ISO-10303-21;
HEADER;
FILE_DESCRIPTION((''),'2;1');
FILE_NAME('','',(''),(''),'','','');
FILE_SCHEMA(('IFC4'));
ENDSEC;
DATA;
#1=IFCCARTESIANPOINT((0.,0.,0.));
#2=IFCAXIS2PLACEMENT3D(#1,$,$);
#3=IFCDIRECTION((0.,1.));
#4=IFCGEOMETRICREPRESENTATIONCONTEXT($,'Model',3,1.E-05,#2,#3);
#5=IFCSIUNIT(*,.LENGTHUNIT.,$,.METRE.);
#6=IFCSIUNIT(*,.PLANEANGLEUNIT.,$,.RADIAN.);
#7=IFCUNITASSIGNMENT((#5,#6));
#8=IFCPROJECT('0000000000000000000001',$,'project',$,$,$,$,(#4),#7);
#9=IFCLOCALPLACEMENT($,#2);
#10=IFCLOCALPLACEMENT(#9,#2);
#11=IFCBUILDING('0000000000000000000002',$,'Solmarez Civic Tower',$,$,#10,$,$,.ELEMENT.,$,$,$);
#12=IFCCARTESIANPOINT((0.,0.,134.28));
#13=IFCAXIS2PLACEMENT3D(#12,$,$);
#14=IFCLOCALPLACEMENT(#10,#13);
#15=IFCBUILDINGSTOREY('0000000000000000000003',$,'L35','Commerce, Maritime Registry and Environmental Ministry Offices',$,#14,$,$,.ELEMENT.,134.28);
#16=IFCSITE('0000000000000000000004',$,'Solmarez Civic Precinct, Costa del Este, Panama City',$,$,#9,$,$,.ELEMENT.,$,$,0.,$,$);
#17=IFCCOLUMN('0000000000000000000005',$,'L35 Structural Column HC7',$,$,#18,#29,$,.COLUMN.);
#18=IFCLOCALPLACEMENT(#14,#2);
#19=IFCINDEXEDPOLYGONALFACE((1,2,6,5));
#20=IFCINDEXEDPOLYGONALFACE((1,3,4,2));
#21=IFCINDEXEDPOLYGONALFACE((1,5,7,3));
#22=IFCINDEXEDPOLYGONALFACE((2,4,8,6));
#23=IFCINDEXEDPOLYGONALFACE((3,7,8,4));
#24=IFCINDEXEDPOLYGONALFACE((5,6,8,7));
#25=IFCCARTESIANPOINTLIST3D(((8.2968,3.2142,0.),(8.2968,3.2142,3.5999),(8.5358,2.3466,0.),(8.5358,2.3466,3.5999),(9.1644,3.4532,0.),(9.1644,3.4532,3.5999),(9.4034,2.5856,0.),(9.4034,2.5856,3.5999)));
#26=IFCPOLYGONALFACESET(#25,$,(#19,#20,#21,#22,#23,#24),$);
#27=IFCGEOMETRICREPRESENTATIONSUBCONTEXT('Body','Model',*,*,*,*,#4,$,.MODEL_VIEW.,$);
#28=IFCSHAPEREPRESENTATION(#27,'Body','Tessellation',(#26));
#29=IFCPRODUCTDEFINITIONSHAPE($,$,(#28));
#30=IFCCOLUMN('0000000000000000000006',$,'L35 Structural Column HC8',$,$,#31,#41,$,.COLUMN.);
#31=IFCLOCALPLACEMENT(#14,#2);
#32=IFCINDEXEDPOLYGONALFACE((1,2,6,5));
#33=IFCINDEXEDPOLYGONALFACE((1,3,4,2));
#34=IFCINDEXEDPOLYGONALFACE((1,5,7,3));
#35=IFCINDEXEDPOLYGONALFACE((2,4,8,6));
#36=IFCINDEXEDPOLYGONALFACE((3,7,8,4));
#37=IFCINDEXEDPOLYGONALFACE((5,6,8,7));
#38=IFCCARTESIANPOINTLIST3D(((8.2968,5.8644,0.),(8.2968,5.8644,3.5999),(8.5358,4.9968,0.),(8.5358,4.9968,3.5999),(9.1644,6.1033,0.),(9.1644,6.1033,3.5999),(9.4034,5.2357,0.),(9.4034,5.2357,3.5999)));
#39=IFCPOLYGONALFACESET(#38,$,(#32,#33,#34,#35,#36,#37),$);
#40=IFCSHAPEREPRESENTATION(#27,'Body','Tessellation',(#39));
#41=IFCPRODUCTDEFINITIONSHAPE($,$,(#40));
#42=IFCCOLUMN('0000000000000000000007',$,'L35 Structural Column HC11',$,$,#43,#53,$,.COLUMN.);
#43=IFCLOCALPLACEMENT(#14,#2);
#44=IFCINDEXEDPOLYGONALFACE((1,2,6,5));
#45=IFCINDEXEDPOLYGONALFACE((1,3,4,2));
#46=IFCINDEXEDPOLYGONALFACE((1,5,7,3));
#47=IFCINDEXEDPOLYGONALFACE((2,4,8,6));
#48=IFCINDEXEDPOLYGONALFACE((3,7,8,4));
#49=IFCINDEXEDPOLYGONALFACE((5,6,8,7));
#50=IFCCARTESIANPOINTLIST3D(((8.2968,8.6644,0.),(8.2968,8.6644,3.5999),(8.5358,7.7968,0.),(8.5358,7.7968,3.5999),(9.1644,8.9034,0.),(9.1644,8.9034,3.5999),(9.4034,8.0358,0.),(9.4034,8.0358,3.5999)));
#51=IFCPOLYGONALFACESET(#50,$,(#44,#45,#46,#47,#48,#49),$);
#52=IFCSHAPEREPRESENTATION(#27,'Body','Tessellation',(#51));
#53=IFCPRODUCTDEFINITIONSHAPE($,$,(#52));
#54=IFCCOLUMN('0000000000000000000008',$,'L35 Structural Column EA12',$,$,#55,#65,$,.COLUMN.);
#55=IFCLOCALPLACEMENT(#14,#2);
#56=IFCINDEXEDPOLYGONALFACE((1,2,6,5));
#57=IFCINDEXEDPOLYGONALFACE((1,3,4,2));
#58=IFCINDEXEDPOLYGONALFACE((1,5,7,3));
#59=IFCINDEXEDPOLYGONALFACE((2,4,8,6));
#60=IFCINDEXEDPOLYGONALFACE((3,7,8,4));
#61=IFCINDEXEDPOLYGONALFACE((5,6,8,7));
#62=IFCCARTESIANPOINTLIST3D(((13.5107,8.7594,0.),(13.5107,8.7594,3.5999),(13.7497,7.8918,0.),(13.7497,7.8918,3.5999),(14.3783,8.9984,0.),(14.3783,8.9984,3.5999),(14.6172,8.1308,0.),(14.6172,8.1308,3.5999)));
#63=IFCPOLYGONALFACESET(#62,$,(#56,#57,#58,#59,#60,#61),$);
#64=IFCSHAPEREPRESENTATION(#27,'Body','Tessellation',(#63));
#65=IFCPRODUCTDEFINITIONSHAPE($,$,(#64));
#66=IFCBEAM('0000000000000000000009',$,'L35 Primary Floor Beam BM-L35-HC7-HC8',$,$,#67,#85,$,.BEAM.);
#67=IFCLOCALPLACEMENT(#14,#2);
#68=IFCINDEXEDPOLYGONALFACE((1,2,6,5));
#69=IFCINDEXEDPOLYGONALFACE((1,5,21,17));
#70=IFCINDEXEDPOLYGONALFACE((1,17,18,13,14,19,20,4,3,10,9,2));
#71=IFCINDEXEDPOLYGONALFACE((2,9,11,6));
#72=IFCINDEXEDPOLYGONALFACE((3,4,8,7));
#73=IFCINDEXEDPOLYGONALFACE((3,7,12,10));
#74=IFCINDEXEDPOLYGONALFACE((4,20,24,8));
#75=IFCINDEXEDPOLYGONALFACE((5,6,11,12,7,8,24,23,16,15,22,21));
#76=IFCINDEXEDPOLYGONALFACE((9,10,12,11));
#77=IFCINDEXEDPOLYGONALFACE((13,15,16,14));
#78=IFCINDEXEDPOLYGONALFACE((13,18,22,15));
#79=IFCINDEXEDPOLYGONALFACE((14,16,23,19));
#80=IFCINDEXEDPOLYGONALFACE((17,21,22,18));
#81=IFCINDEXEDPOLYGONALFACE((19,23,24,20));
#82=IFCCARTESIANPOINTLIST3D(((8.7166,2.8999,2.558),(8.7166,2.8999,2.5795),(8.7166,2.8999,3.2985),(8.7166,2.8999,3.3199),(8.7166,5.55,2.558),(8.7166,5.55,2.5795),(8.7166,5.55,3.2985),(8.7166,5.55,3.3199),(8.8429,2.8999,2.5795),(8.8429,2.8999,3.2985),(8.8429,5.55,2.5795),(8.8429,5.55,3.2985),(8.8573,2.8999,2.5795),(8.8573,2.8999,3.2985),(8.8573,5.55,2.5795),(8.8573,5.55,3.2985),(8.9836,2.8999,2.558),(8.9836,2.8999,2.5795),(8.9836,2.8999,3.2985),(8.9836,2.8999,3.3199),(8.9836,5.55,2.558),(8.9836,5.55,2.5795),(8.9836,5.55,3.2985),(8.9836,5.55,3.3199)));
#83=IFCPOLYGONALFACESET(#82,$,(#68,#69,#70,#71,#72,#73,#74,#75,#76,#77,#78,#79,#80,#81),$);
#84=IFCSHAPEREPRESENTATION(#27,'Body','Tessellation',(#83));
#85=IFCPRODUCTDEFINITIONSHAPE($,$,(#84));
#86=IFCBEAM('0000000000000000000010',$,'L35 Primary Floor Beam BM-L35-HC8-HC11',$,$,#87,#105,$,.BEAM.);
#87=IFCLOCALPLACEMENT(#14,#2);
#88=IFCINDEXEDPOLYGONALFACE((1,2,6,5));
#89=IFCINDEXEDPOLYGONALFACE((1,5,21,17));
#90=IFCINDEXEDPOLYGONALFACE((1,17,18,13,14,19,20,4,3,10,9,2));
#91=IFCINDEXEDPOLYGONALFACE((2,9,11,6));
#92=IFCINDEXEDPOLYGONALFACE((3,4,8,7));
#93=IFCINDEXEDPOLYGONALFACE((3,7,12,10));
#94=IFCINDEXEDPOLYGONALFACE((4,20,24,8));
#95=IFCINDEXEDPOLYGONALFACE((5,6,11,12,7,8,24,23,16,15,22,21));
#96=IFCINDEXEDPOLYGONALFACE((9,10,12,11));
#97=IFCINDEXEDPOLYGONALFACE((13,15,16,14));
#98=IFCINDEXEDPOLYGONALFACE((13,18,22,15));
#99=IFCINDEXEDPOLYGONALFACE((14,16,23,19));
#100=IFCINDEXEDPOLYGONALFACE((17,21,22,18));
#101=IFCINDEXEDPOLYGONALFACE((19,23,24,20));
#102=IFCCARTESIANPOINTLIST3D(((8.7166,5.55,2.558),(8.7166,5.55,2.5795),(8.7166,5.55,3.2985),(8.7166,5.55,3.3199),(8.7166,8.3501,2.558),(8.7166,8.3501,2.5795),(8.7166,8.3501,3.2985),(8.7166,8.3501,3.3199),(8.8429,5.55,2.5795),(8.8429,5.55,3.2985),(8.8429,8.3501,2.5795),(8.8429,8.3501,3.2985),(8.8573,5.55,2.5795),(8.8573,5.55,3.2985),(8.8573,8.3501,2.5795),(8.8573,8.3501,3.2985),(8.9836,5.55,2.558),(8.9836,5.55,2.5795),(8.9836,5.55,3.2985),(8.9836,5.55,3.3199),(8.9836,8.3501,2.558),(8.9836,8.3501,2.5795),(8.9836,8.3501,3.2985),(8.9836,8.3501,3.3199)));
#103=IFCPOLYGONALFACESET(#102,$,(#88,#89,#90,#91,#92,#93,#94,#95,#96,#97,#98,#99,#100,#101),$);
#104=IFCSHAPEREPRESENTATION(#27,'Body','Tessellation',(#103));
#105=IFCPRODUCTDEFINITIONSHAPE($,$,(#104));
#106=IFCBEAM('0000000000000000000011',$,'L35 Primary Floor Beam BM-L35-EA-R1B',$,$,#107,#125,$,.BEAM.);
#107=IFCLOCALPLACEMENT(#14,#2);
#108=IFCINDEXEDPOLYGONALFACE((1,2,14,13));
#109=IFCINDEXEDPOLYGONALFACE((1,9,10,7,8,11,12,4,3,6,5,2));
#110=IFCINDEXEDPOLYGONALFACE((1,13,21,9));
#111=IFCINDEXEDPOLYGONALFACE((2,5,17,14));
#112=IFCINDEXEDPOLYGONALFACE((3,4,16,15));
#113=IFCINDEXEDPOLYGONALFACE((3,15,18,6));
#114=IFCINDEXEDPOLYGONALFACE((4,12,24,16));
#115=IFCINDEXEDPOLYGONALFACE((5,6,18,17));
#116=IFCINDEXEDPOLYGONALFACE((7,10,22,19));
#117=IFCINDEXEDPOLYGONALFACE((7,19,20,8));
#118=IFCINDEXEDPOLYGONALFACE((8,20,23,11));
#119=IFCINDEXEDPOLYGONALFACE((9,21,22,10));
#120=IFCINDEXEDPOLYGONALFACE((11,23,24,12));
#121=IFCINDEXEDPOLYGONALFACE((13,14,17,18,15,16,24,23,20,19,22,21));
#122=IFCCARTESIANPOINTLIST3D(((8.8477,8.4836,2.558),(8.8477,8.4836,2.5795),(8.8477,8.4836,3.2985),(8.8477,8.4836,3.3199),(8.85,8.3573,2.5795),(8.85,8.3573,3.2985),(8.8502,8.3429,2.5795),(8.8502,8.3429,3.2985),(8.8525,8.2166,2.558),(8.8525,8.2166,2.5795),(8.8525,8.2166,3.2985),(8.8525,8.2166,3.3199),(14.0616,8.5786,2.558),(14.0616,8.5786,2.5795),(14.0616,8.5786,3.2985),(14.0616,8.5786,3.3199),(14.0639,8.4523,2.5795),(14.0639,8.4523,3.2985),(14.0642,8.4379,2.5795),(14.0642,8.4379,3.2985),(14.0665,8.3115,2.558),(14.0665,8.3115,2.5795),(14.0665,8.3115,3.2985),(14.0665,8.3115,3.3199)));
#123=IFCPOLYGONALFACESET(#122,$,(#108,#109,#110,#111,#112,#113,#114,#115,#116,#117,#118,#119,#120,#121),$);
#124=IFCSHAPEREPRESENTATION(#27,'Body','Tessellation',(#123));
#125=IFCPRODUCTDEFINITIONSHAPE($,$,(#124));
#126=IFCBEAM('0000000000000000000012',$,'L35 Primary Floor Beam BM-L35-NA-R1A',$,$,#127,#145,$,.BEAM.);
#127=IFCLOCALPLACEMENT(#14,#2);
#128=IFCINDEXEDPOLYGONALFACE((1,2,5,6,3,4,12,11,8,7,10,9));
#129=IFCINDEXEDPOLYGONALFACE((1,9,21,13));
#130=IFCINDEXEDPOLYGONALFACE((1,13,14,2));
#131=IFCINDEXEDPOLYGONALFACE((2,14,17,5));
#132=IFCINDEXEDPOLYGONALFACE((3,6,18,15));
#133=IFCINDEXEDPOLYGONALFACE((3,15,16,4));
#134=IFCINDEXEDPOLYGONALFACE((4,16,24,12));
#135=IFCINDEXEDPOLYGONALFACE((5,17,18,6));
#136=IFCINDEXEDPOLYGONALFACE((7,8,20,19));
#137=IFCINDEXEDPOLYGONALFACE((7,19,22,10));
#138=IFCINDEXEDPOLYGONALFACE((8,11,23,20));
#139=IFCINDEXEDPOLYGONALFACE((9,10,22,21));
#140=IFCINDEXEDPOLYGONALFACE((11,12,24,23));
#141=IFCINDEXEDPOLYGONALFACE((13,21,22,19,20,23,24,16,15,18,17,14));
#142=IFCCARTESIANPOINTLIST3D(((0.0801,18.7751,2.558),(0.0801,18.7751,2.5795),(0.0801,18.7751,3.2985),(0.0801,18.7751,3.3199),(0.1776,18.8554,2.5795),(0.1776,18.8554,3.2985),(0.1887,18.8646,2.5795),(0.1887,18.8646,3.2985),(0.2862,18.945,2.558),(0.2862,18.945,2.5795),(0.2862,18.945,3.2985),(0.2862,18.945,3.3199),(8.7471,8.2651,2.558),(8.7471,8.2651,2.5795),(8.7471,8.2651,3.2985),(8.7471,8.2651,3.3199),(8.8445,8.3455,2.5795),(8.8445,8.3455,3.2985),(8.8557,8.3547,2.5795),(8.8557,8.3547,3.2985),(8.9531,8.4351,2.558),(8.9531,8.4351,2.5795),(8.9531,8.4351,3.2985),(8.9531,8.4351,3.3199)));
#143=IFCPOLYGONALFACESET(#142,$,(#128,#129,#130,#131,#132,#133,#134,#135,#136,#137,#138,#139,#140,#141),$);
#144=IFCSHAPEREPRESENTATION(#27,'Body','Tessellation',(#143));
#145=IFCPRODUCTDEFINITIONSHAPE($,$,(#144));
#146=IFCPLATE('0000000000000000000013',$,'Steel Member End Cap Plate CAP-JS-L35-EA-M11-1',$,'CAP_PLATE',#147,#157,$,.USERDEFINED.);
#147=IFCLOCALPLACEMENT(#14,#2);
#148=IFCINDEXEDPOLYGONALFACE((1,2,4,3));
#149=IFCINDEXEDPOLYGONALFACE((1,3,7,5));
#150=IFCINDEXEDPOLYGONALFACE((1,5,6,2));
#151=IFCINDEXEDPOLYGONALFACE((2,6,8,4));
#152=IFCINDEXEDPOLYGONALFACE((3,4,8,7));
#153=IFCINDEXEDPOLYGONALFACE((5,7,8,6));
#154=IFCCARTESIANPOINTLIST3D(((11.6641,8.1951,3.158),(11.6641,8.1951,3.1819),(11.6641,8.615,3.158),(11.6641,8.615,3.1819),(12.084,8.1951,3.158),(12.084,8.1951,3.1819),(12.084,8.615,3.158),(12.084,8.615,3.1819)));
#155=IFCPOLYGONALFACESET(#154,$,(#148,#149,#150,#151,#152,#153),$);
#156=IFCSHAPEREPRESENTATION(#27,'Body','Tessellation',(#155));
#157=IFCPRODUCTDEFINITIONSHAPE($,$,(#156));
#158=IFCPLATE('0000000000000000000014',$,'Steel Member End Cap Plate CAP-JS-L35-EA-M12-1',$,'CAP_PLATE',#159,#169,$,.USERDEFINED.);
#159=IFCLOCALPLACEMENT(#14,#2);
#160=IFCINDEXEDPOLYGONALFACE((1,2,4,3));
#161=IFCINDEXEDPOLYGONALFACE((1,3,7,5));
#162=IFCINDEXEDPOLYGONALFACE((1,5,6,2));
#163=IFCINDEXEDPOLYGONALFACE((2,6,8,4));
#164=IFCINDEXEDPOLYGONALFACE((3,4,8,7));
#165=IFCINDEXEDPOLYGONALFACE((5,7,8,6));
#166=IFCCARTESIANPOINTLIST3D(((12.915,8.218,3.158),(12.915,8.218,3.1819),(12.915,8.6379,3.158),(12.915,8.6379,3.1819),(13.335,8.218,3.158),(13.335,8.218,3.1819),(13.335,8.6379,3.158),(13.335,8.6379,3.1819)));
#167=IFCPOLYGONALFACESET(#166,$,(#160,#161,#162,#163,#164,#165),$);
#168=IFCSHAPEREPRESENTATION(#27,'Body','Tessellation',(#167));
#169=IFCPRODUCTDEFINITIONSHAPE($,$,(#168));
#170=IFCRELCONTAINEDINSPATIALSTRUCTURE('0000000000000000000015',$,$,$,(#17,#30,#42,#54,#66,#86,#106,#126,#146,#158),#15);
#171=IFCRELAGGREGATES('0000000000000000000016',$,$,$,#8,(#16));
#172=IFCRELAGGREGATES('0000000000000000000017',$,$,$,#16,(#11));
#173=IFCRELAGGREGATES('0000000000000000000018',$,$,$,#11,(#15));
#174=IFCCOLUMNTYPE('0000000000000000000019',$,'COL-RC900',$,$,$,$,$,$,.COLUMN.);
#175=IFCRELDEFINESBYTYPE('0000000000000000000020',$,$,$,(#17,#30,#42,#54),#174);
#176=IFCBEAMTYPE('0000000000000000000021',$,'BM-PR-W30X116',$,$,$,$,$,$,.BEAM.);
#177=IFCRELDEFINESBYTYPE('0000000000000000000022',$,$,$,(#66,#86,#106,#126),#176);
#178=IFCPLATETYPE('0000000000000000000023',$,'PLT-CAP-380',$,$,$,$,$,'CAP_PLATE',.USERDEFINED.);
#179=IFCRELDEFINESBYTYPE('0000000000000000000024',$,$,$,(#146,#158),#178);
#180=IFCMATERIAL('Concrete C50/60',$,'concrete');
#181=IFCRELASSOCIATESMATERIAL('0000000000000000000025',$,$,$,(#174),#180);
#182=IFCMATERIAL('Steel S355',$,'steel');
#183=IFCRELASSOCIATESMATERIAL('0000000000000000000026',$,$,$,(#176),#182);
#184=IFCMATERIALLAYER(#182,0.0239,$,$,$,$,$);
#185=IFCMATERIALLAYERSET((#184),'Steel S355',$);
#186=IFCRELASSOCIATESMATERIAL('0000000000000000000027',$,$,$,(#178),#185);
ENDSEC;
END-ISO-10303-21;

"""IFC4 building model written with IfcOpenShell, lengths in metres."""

from ifc_helpers import new_model, si_unit, direction, frame, origin, origin_2d, place, context, subcontext, project, spatial, rectangle, i_section, extrude, material, layer, layer_set, material_profile, profile_set, type_object, element, save


model = new_model("IFC4")

# Units and contexts
model_context = context("Model", 3, precision=1e-05, world=origin(), true_north=direction((0.0, 1.0)))
body_context = subcontext(model_context, "Body", "Model", "MODEL_VIEW")
ifc_project = project(units=[si_unit("LENGTHUNIT", "METRE"), si_unit("PLANEANGLEUNIT", "RADIAN")], contexts=[model_context])

# Site, building, storey
site_placement = place(None, origin())
site = spatial("IfcSite", under=ifc_project, at=site_placement, Name="Solmarez Civic Precinct, Costa del Este, Panama City", CompositionType="ELEMENT", RefElevation=0.0)
building_placement = place(site_placement, origin())
building = spatial("IfcBuilding", under=site, at=building_placement, Name="Solmarez Civic Tower", CompositionType="ELEMENT")
storey_placement = place(building_placement, frame((0.0, 0.0, 134.28)))
storey = spatial("IfcBuildingStorey", under=building, at=storey_placement, Name="L35", Description="Commerce, Maritime Registry and Environmental Ministry Offices", CompositionType="ELEMENT", Elevation=134.28)

# Columns
ifc_material_1 = material(Name="Concrete C50/60", Category="concrete")
ifc_material_profile_1 = material_profile(ifc_material_1, rectangle(XDim=0.8999, YDim=0.8999, at=origin_2d()), Name="RC900X900")
ifc_profile_set_1 = profile_set([ifc_material_profile_1], Name="Concrete C50/60")
column_type = type_object("IfcColumnType", Name="COL-RC900", PredefinedType="COLUMN", material=ifc_profile_set_1)
for number, where, z_axis, x_axis, name in (
    (1, (8.8501, 2.8999, 0.0), (0.0, 0.0, 1.0), (0.964095, 0.265556, 0.0), "L35 Structural Column HC7"),
    (2, (8.8501, 5.55, 0.0), (0.0, 0.0, 1.0), (0.964095, 0.265556, 0.0), "L35 Structural Column HC8"),
    (3, (8.8501, 8.3501, 0.0), (0.0, 0.0, 1.0), (0.964095, 0.265556, 0.0), "L35 Structural Column HC11"),
    (4, (14.064, 8.4451, 0.0), (0.0, 0.0, 1.0), (0.964095, 0.265556, 0.0), "L35 Structural Column EA12"),
):
    element("IfcColumn", number, at=place(storey_placement, frame(where, z_axis=z_axis, x_axis=x_axis)), inside=storey, type_object=column_type, Name=name, PredefinedType="COLUMN", context=body_context, shape_type="SweptSolid", body=[
        extrude(rectangle(XDim=0.8999, YDim=0.8999, at=origin_2d()), origin(), (0.0, 0.0, 1.0), 3.5999),
    ])

# Beams
ifc_material_2 = material(Name="Steel S355", Category="steel")
ifc_material_profile_2 = material_profile(ifc_material_2, i_section(OverallWidth=0.2671, OverallDepth=0.762, WebThickness=0.0144, FlangeThickness=0.0215, at=origin_2d()), Name="W30X116")
ifc_profile_set_2 = profile_set([ifc_material_profile_2], Name="Steel S355")
beam_type = type_object("IfcBeamType", Name="BM-PR-W30X116", PredefinedType="BEAM", material=ifc_profile_set_2)
beam_1_placement = place(storey_placement, frame((8.8501, 2.8999, 2.939), z_axis=(0.0, 1.0, 0.0), x_axis=(-1.0, 0.0, 0.0)))
element("IfcBeam", 5, at=beam_1_placement, inside=storey, type_object=beam_type, Name="L35 Primary Floor Beam BM-L35-HC7-HC8", PredefinedType="BEAM", context=body_context, shape_type="SweptSolid", body=[
    extrude(i_section(OverallWidth=0.2671, OverallDepth=0.762, WebThickness=0.0144, FlangeThickness=0.0215, at=origin_2d()), origin(), (0.0, 0.0, 1.0), 2.6501),
])
beam_2_placement = place(storey_placement, frame((8.8501, 5.55, 2.939), z_axis=(0.0, 1.0, 0.0), x_axis=(-1.0, 0.0, 0.0)))
element("IfcBeam", 6, at=beam_2_placement, inside=storey, type_object=beam_type, Name="L35 Primary Floor Beam BM-L35-HC8-HC11", PredefinedType="BEAM", context=body_context, shape_type="SweptSolid", body=[
    extrude(i_section(OverallWidth=0.2671, OverallDepth=0.762, WebThickness=0.0144, FlangeThickness=0.0215, at=origin_2d()), origin(), (0.0, 0.0, 1.0), 2.8),
])
beam_3_placement = place(storey_placement, frame((8.8501, 8.3501, 2.939), z_axis=(0.999834, 0.018212, 0.0), x_axis=(-0.018212, 0.999834, 0.0)))
element("IfcBeam", 7, at=beam_3_placement, inside=storey, type_object=beam_type, Name="L35 Primary Floor Beam BM-L35-EA-R1B", PredefinedType="BEAM", context=body_context, shape_type="SweptSolid", body=[
    extrude(i_section(OverallWidth=0.2671, OverallDepth=0.762, WebThickness=0.0144, FlangeThickness=0.0215, at=origin_2d()), origin(), (0.0, 0.0, 1.0), 5.2148),
])
beam_4_placement = place(storey_placement, frame((8.8501, 8.3501, 2.939), z_axis=(-0.636218, 0.771509, 0.0), x_axis=(-0.771509, -0.636218, 0.0)))
element("IfcBeam", 8, at=beam_4_placement, inside=storey, type_object=beam_type, Name="L35 Primary Floor Beam BM-L35-NA-R1A", PredefinedType="BEAM", context=body_context, shape_type="SweptSolid", body=[
    extrude(i_section(OverallWidth=0.2671, OverallDepth=0.762, WebThickness=0.0144, FlangeThickness=0.0215, at=origin_2d()), origin(), (0.0, 0.0, 1.0), 13.6226),
])

# Plates
ifc_layer_1 = layer(ifc_material_2, 0.0239)
ifc_layer_set_1 = layer_set([ifc_layer_1], Name="Steel S355")
plate_type = type_object("IfcPlateType", Name="PLT-CAP-380", ElementType="CAP_PLATE", PredefinedType="USERDEFINED", material=ifc_layer_set_1)
for number, where, z_axis, x_axis, name in (
    (9, (11.874, 8.405, 3.158), (0.0, 0.0, 1.0), (1.0, 0.0, 0.0), "Steel Member End Cap Plate CAP-JS-L35-EA-M11-1"),
    (10, (13.125, 8.428, 3.158), (0.0, 0.0, 1.0), (1.0, 0.0, 0.0), "Steel Member End Cap Plate CAP-JS-L35-EA-M12-1"),
):
    element("IfcPlate", number, at=place(storey_placement, frame(where, z_axis=z_axis, x_axis=x_axis)), inside=storey, type_object=plate_type, Name=name, ObjectType="CAP_PLATE", PredefinedType="USERDEFINED", context=body_context, shape_type="SweptSolid", body=[
        extrude(rectangle(XDim=0.4199, YDim=0.4199, at=origin_2d()), origin(), (0.0, 0.0, 1.0), 0.0239),
    ])

save(model, "model.ifc")
